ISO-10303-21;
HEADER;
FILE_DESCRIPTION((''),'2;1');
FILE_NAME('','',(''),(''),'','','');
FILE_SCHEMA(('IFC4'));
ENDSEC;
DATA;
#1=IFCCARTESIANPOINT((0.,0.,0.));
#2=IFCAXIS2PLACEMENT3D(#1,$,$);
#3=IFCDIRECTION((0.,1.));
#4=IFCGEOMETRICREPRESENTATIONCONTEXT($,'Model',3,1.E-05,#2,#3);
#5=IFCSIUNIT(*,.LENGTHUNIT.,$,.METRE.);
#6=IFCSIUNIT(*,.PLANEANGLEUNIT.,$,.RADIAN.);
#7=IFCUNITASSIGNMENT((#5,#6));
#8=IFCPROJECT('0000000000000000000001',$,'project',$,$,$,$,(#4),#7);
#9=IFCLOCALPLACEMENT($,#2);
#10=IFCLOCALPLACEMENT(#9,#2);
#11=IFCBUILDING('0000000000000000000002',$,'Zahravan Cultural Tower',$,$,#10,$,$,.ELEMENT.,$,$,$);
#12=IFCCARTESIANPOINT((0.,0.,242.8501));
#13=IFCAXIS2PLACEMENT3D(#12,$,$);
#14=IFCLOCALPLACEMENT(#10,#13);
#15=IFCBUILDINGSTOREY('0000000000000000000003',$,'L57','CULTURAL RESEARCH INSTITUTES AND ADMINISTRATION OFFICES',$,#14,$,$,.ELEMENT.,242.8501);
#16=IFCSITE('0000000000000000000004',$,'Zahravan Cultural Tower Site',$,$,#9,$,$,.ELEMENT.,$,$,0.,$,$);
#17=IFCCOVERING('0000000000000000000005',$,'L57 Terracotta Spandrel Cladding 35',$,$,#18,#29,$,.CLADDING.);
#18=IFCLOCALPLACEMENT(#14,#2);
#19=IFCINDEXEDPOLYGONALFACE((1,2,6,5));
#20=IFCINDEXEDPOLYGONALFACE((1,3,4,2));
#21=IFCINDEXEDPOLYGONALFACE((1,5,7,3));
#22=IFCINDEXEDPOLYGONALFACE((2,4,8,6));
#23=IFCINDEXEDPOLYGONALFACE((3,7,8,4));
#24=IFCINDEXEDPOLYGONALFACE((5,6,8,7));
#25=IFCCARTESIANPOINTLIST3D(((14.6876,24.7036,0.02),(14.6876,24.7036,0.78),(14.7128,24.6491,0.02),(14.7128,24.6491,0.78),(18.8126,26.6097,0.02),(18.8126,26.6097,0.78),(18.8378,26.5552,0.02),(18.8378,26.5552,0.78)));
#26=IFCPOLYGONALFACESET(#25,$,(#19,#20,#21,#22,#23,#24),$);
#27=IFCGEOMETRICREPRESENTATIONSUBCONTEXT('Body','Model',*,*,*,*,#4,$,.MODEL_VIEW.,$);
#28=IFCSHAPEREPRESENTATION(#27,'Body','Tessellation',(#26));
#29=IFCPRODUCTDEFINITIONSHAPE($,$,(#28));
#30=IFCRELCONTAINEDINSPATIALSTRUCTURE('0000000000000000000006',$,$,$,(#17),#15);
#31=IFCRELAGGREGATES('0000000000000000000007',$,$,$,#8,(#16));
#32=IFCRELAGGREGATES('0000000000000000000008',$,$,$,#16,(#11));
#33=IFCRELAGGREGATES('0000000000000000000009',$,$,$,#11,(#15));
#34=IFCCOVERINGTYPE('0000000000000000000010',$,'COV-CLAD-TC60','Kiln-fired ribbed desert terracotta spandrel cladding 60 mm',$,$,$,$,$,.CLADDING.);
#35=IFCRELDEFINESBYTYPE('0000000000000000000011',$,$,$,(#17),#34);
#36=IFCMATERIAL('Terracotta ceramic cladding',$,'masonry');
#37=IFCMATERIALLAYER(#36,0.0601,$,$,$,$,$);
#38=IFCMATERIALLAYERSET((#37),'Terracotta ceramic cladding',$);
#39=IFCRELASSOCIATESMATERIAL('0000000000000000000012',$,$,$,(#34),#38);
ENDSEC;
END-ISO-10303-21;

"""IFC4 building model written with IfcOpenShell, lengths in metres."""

from ifc_helpers import new_model, si_unit, direction, frame, origin, origin_2d, place, context, subcontext, project, spatial, rectangle, extrude, source, transform, mapped, material, layer, layer_set, type_object, element, save


model = new_model("IFC4")

# Units and contexts
model_context = context("Model", 3, precision=1e-05, world=origin(), true_north=direction((0.0, 1.0)))
body_context = subcontext(model_context, "Body", "Model", "MODEL_VIEW")
ifc_project = project(units=[si_unit("LENGTHUNIT", "METRE"), si_unit("PLANEANGLEUNIT", "RADIAN")], contexts=[model_context])

# Site, building, storey
site_placement = place(None, origin())
site = spatial("IfcSite", under=ifc_project, at=site_placement, Name="Zahravan Cultural Tower Site", CompositionType="ELEMENT", RefElevation=0.0)
building_placement = place(site_placement, origin())
building = spatial("IfcBuilding", under=site, at=building_placement, Name="Zahravan Cultural Tower", CompositionType="ELEMENT")
storey_placement = place(building_placement, frame((0.0, 0.0, 242.8501)))
storey = spatial("IfcBuildingStorey", under=building, at=storey_placement, Name="L57", Description="CULTURAL RESEARCH INSTITUTES AND ADMINISTRATION OFFICES", CompositionType="ELEMENT", Elevation=242.8501)

# Covering
ifc_material_1 = material(Name="Terracotta ceramic cladding", Category="masonry")
ifc_layer_1 = layer(ifc_material_1, 0.0601)
ifc_layer_set_1 = layer_set([ifc_layer_1], Name="Terracotta ceramic cladding")
covering_type = type_object("IfcCoveringType", Name="COV-CLAD-TC60", Description="Kiln-fired ribbed desert terracotta spandrel cladding 60 mm", PredefinedType="CLADDING", material=ifc_layer_set_1)
shared_shape_1 = source(origin(), body_context, "Body", "SweptSolid", [
    extrude(rectangle(XDim=4.5442, YDim=0.0601, at=origin_2d()), origin(), (0.0, 0.0, 1.0), 0.76),
])
covering_placement = place(storey_placement, frame((16.7627, 25.6294, 0.02), z_axis=(0.0, 0.0, 1.0), x_axis=(0.90777, 0.419468, 0.0)))
element("IfcCovering", 1, at=covering_placement, inside=storey, type_object=covering_type, Name="L57 Terracotta Spandrel Cladding 35", PredefinedType="CLADDING", context=body_context, shape_type="MappedRepresentation", body=[
    mapped(shared_shape_1, transform((0.0, 0.0, 0.0), x_axis=(1.0, 0.0, 0.0), y_axis=(0.0, 1.0, 0.0), z_axis=(0.0, 0.0, 1.0), scale=1.0)),
])

save(model, "model.ifc")
